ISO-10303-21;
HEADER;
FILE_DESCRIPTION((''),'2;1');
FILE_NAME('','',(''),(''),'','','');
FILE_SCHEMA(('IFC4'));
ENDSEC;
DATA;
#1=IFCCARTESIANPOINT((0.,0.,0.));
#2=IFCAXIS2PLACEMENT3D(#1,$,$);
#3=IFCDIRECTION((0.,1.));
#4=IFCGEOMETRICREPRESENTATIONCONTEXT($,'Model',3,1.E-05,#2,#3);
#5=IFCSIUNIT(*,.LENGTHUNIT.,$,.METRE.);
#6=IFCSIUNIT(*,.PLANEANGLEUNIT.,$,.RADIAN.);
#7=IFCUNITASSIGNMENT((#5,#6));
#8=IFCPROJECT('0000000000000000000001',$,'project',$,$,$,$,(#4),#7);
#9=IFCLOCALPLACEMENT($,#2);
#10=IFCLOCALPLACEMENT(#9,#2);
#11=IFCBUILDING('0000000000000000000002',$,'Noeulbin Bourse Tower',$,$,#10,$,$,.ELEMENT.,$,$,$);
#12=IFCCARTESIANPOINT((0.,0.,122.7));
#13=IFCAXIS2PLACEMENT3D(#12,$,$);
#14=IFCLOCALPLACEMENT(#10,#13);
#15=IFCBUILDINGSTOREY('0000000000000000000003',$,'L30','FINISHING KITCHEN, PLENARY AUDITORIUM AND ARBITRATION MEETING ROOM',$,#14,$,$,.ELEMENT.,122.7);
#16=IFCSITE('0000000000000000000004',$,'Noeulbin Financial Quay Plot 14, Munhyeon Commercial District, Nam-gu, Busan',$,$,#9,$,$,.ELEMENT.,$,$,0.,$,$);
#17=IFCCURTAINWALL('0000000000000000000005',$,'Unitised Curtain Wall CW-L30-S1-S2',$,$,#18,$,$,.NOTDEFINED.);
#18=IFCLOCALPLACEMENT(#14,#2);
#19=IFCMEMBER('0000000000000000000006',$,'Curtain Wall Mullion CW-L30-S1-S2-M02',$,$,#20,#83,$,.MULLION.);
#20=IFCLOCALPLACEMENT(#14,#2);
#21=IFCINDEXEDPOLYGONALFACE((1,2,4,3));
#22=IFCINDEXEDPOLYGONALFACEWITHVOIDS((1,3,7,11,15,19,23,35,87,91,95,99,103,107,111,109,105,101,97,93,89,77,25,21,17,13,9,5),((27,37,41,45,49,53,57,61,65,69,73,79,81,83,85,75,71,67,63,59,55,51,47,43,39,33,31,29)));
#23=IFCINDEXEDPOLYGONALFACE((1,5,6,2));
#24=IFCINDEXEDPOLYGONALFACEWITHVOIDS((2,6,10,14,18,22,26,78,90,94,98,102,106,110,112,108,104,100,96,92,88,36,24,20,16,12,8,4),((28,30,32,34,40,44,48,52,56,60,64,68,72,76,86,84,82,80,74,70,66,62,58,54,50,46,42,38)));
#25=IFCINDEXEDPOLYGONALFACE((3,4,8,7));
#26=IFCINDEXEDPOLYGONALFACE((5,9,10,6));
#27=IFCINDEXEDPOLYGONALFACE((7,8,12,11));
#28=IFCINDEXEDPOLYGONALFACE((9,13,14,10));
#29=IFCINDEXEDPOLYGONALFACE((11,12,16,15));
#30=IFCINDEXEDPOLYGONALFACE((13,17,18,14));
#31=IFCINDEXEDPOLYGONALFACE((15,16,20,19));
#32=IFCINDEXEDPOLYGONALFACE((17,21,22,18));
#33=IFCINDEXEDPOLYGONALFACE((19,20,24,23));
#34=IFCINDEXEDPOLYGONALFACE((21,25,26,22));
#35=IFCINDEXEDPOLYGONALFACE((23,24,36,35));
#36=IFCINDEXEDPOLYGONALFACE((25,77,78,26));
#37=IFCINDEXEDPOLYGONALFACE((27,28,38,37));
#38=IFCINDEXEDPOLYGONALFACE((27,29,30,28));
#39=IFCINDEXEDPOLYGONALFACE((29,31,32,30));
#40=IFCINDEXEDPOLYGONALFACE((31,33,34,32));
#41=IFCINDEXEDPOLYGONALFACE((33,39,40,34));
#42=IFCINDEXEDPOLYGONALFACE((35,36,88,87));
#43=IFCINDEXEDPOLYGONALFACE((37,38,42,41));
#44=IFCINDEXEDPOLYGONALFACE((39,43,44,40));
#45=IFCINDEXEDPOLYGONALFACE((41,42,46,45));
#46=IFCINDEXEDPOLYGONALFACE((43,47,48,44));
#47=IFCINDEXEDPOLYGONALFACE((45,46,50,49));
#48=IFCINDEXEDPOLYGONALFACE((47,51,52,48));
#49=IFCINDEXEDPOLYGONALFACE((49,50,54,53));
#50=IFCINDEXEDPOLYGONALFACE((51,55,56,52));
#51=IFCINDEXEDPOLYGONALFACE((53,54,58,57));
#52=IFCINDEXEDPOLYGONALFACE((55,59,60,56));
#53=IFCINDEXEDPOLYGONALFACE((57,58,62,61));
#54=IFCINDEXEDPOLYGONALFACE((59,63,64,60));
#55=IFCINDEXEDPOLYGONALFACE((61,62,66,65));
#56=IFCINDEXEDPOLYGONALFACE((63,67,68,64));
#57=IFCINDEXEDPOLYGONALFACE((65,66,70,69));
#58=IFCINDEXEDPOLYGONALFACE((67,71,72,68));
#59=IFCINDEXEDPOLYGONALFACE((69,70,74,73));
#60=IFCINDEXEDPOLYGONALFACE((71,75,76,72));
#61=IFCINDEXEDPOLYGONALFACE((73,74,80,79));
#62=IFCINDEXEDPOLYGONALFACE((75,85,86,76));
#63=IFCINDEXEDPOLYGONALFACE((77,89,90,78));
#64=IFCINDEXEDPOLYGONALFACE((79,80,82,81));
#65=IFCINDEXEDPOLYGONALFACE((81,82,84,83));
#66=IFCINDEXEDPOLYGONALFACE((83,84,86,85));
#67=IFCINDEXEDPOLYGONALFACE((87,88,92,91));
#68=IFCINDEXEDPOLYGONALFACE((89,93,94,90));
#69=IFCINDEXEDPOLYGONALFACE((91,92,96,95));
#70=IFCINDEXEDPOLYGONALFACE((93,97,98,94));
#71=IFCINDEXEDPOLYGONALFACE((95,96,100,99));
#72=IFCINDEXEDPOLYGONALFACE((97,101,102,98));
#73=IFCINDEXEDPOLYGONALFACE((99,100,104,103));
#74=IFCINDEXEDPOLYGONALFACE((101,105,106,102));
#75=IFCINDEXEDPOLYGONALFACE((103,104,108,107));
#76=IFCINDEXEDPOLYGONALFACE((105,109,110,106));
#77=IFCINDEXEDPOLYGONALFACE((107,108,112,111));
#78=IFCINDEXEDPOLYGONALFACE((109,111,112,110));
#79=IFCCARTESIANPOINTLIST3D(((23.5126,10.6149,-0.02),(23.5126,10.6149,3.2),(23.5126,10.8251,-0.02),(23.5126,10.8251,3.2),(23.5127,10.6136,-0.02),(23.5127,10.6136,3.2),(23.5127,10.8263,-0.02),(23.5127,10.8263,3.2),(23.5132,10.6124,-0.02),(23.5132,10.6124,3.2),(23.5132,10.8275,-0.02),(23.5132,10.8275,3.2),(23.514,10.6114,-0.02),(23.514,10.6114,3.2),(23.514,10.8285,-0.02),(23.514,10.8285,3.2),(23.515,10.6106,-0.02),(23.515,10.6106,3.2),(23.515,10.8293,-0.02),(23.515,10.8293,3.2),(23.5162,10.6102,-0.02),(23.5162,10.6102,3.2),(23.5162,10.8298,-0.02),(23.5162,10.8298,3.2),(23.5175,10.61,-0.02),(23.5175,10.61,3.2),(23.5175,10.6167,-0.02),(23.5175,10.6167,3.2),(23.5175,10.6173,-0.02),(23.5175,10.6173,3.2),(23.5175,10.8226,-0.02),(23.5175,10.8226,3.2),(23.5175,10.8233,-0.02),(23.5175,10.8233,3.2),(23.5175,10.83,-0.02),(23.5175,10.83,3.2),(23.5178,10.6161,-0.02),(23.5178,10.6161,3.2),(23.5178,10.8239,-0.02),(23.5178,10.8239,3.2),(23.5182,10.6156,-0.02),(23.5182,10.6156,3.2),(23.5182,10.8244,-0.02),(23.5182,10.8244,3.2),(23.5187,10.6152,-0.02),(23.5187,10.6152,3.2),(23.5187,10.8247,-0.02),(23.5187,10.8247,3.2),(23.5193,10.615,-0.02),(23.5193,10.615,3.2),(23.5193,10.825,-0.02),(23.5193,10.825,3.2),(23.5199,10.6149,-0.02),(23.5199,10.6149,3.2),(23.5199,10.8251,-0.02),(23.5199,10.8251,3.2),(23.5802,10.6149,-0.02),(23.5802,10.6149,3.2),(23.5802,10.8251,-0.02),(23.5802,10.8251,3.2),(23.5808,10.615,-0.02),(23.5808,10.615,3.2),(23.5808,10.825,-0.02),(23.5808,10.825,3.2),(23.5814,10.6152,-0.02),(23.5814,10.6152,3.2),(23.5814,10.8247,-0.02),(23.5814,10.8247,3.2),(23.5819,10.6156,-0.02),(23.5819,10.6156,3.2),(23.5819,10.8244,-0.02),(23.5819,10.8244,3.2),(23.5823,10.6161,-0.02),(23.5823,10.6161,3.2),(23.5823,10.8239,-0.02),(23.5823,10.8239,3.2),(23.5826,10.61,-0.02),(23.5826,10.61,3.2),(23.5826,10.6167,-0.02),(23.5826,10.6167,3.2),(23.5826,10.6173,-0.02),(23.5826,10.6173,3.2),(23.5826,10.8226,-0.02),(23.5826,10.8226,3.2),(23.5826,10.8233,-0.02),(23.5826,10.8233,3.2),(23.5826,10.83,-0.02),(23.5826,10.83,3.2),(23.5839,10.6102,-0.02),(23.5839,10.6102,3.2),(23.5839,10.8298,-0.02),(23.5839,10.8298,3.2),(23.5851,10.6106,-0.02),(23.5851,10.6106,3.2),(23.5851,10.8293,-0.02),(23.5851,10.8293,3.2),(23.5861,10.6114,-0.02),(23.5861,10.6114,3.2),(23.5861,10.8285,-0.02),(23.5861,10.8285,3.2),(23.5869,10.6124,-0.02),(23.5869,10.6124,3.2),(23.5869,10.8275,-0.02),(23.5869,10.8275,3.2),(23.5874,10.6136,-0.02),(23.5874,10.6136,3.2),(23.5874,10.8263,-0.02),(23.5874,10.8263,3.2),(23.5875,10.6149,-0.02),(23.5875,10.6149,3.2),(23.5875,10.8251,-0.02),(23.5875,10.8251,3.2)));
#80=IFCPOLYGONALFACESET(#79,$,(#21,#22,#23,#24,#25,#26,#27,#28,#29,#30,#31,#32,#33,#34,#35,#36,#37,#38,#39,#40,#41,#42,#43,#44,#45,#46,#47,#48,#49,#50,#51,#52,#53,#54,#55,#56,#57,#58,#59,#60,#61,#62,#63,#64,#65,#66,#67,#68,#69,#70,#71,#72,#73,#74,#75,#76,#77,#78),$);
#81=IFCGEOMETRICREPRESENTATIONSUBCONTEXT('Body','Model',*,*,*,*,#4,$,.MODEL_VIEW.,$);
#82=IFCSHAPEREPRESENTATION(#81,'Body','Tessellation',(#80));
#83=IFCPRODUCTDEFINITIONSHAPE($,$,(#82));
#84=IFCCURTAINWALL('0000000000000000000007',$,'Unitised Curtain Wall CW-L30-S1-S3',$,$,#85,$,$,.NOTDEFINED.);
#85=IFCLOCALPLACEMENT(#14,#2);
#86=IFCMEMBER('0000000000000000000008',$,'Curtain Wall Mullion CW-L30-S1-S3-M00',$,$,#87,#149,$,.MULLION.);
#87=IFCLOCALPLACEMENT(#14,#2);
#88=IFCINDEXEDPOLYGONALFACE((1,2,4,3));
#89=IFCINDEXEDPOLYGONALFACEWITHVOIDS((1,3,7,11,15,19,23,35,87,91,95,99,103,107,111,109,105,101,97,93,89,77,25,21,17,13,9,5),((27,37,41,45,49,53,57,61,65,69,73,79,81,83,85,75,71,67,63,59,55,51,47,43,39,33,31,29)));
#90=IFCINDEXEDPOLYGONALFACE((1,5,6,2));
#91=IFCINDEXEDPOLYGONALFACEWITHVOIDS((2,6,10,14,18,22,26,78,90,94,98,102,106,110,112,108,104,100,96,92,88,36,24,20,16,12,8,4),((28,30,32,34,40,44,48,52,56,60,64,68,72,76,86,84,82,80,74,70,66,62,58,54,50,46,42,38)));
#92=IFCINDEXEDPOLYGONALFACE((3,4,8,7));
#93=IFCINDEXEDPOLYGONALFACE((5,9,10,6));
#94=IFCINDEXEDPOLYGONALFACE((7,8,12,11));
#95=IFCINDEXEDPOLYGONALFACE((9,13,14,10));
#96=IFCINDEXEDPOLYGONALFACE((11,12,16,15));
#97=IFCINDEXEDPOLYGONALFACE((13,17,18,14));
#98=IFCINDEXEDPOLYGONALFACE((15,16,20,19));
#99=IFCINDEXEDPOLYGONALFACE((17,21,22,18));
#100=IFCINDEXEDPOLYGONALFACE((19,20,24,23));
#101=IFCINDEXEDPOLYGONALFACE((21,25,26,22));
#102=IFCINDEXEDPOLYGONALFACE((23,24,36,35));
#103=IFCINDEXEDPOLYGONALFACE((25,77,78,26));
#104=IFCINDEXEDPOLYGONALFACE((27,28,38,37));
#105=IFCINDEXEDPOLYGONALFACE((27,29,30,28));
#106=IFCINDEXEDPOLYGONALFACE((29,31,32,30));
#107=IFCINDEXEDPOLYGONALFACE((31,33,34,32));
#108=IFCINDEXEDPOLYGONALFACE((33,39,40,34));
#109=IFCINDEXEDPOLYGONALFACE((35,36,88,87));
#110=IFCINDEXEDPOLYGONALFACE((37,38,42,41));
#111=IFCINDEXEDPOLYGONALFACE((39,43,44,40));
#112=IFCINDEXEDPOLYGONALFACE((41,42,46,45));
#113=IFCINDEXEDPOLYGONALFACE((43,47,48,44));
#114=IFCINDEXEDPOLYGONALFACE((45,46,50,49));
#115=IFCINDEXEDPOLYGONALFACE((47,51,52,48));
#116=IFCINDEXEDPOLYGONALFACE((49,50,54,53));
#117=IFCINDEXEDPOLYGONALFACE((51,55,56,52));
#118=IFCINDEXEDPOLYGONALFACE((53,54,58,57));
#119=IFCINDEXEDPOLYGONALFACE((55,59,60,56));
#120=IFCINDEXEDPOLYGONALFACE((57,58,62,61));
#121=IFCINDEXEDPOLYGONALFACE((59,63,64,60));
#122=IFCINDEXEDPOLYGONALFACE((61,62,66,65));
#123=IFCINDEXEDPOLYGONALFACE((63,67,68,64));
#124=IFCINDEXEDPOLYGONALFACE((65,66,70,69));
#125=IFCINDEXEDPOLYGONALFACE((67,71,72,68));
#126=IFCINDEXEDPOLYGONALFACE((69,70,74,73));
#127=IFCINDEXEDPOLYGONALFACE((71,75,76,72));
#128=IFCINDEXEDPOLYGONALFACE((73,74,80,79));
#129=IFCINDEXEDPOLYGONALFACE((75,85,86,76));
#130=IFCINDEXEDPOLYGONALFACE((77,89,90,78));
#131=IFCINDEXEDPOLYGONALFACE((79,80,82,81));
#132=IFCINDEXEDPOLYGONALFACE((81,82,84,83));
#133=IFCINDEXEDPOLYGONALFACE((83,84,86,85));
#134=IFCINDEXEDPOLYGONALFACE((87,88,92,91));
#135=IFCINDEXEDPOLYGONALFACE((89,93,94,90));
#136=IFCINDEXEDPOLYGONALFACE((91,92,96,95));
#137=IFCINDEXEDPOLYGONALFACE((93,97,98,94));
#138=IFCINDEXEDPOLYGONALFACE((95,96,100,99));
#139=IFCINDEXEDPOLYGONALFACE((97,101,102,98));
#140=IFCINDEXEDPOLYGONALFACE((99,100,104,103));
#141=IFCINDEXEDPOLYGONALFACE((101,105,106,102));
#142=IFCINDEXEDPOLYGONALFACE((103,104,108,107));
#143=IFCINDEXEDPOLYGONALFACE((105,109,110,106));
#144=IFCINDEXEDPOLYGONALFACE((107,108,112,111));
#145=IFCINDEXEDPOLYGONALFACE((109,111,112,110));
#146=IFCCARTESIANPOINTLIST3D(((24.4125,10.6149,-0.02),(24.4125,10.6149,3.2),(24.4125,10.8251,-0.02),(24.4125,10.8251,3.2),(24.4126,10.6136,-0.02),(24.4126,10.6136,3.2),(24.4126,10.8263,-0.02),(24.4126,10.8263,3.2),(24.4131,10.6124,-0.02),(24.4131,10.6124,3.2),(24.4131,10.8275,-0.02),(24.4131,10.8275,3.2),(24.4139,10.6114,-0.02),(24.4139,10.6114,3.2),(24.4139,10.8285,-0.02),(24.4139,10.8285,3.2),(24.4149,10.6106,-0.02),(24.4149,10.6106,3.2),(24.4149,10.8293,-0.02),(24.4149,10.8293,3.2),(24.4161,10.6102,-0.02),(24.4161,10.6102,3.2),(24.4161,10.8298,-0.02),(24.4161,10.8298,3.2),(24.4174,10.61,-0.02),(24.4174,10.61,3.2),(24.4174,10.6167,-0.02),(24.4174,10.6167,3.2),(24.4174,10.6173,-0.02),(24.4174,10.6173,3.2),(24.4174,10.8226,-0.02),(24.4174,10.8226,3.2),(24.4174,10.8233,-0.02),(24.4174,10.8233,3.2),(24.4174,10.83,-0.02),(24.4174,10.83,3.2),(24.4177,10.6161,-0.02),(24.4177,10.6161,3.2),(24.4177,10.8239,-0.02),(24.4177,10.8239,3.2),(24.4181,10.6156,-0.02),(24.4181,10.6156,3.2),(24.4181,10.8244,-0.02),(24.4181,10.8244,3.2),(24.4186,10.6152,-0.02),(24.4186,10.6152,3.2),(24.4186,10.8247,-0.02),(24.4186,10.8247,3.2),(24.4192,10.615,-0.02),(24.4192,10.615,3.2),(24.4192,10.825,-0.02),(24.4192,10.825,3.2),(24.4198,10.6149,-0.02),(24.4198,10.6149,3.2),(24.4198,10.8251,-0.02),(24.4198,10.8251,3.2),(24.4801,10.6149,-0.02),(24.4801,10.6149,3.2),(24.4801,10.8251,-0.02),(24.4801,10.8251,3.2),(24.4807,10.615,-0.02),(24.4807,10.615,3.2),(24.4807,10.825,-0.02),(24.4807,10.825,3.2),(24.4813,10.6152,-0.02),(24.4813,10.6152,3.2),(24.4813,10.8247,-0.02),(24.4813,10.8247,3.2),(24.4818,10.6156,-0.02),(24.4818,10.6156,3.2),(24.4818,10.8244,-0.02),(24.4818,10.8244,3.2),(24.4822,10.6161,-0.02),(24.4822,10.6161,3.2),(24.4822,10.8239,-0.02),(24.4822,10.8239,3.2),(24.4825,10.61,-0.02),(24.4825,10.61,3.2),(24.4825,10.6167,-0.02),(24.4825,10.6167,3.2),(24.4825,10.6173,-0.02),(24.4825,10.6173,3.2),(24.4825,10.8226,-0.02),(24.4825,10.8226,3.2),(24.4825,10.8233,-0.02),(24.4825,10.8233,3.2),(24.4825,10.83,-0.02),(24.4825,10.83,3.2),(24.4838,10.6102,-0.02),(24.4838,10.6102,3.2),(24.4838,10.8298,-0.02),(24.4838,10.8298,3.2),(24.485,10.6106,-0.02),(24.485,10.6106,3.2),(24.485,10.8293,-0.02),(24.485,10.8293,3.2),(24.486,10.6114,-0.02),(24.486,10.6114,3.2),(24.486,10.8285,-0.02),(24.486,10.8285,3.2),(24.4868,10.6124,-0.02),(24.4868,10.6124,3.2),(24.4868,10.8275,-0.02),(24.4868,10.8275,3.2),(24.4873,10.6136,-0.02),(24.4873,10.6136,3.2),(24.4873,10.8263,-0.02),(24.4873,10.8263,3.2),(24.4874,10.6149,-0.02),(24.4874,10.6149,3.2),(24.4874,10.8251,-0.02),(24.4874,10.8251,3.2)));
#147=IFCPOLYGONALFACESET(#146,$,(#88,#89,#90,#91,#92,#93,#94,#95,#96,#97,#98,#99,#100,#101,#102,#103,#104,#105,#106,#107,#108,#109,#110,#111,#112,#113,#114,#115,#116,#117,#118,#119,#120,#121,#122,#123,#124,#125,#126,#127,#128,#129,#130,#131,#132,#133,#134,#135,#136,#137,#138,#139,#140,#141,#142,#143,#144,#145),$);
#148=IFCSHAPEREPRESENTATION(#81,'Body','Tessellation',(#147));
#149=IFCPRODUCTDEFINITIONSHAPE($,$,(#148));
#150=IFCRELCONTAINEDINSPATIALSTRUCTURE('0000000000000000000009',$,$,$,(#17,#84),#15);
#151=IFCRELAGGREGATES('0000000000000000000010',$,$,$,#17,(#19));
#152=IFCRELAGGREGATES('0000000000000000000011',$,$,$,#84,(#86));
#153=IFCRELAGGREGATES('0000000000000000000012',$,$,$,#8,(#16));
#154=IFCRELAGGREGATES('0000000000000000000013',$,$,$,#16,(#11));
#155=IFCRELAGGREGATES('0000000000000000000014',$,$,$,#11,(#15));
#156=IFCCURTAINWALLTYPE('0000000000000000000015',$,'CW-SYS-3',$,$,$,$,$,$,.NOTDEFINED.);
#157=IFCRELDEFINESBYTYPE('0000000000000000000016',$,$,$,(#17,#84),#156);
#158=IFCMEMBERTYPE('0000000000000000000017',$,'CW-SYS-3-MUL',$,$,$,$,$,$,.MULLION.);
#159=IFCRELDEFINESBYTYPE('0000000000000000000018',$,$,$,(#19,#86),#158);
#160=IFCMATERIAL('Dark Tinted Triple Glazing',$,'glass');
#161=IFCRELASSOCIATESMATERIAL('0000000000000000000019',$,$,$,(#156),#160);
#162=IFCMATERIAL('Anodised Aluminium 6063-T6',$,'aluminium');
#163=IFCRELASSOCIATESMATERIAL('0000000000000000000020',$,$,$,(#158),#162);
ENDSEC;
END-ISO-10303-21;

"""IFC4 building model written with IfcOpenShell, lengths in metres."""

from ifc_helpers import new_model, si_unit, direction, frame, origin, origin_2d, place, context, subcontext, project, spatial, hollow_rectangle, extrude, material, material_profile, profile_set, type_object, element, aggregate, save


model = new_model("IFC4")

# Units and contexts
model_context = context("Model", 3, precision=1e-05, world=origin(), true_north=direction((0.0, 1.0)))
body_context = subcontext(model_context, "Body", "Model", "MODEL_VIEW")
ifc_project = project(units=[si_unit("LENGTHUNIT", "METRE"), si_unit("PLANEANGLEUNIT", "RADIAN")], contexts=[model_context])

# Site, building, storey
site_placement = place(None, origin())
site = spatial("IfcSite", under=ifc_project, at=site_placement, Name="Noeulbin Financial Quay Plot 14, Munhyeon Commercial District, Nam-gu, Busan", CompositionType="ELEMENT", RefElevation=0.0)
building_placement = place(site_placement, origin())
building = spatial("IfcBuilding", under=site, at=building_placement, Name="Noeulbin Bourse Tower", CompositionType="ELEMENT")
storey_placement = place(building_placement, frame((0.0, 0.0, 122.7)))
storey = spatial("IfcBuildingStorey", under=building, at=storey_placement, Name="L30", Description="FINISHING KITCHEN, PLENARY AUDITORIUM AND ARBITRATION MEETING ROOM", CompositionType="ELEMENT", Elevation=122.7)

# Shared definitions
ifc_material_1 = material(Name="Dark Tinted Triple Glazing", Category="glass")
curtain_wall_type = type_object("IfcCurtainWallType", Name="CW-SYS-3", PredefinedType="NOTDEFINED", material=ifc_material_1)
ifc_material_2 = material(Name="Anodised Aluminium 6063-T6", Category="aluminium")
ifc_material_profile_1 = material_profile(ifc_material_2, hollow_rectangle(XDim=0.075, YDim=0.22, WallThickness=0.0049, InnerFilletRadius=0.0024, OuterFilletRadius=0.0049, at=origin_2d()), Name="ALU-MULL-75x220x5", Category="LoadBearing")
ifc_profile_set_1 = profile_set([ifc_material_profile_1], Name="Anodised Aluminium 6063-T6")
member_type_1 = type_object("IfcMemberType", Name="CW-SYS-3-MUL", PredefinedType="MULLION", material=ifc_profile_set_1)

# Curtain walls, members
curtain_wall_1_placement = place(storey_placement, origin())
curtain_wall_1 = element("IfcCurtainWall", 1, at=curtain_wall_1_placement, inside=storey, type_object=curtain_wall_type, Name="Unitised Curtain Wall CW-L30-S1-S2", PredefinedType="NOTDEFINED")
member_1_placement = place(storey_placement, frame((23.55, 10.72, -0.02), z_axis=(0.0, 0.0, 1.0), x_axis=(1.0, 0.0, 0.0)))
member_1 = element("IfcMember", 2, at=member_1_placement, type_object=member_type_1, Name="Curtain Wall Mullion CW-L30-S1-S2-M02", PredefinedType="MULLION", context=body_context, shape_type="SweptSolid", body=[
    extrude(hollow_rectangle(XDim=0.075, YDim=0.22, WallThickness=0.0049, InnerFilletRadius=0.0024, OuterFilletRadius=0.0049, at=origin_2d()), origin(), (0.0, 0.0, 1.0), 3.22),
])
curtain_wall_2_placement = place(storey_placement, origin())
curtain_wall_2 = element("IfcCurtainWall", 3, at=curtain_wall_2_placement, inside=storey, type_object=curtain_wall_type, Name="Unitised Curtain Wall CW-L30-S1-S3", PredefinedType="NOTDEFINED")
member_2_placement = place(storey_placement, frame((24.45, 10.72, -0.02), z_axis=(0.0, 0.0, 1.0), x_axis=(1.0, 0.0, 0.0)))
member_2 = element("IfcMember", 4, at=member_2_placement, type_object=member_type_1, Name="Curtain Wall Mullion CW-L30-S1-S3-M00", PredefinedType="MULLION", context=body_context, shape_type="SweptSolid", body=[
    extrude(hollow_rectangle(XDim=0.075, YDim=0.22, WallThickness=0.0049, InnerFilletRadius=0.0024, OuterFilletRadius=0.0049, at=origin_2d()), origin(), (0.0, 0.0, 1.0), 3.22),
])

aggregate(curtain_wall_1, [member_1])
aggregate(curtain_wall_2, [member_2])

save(model, "model.ifc")
